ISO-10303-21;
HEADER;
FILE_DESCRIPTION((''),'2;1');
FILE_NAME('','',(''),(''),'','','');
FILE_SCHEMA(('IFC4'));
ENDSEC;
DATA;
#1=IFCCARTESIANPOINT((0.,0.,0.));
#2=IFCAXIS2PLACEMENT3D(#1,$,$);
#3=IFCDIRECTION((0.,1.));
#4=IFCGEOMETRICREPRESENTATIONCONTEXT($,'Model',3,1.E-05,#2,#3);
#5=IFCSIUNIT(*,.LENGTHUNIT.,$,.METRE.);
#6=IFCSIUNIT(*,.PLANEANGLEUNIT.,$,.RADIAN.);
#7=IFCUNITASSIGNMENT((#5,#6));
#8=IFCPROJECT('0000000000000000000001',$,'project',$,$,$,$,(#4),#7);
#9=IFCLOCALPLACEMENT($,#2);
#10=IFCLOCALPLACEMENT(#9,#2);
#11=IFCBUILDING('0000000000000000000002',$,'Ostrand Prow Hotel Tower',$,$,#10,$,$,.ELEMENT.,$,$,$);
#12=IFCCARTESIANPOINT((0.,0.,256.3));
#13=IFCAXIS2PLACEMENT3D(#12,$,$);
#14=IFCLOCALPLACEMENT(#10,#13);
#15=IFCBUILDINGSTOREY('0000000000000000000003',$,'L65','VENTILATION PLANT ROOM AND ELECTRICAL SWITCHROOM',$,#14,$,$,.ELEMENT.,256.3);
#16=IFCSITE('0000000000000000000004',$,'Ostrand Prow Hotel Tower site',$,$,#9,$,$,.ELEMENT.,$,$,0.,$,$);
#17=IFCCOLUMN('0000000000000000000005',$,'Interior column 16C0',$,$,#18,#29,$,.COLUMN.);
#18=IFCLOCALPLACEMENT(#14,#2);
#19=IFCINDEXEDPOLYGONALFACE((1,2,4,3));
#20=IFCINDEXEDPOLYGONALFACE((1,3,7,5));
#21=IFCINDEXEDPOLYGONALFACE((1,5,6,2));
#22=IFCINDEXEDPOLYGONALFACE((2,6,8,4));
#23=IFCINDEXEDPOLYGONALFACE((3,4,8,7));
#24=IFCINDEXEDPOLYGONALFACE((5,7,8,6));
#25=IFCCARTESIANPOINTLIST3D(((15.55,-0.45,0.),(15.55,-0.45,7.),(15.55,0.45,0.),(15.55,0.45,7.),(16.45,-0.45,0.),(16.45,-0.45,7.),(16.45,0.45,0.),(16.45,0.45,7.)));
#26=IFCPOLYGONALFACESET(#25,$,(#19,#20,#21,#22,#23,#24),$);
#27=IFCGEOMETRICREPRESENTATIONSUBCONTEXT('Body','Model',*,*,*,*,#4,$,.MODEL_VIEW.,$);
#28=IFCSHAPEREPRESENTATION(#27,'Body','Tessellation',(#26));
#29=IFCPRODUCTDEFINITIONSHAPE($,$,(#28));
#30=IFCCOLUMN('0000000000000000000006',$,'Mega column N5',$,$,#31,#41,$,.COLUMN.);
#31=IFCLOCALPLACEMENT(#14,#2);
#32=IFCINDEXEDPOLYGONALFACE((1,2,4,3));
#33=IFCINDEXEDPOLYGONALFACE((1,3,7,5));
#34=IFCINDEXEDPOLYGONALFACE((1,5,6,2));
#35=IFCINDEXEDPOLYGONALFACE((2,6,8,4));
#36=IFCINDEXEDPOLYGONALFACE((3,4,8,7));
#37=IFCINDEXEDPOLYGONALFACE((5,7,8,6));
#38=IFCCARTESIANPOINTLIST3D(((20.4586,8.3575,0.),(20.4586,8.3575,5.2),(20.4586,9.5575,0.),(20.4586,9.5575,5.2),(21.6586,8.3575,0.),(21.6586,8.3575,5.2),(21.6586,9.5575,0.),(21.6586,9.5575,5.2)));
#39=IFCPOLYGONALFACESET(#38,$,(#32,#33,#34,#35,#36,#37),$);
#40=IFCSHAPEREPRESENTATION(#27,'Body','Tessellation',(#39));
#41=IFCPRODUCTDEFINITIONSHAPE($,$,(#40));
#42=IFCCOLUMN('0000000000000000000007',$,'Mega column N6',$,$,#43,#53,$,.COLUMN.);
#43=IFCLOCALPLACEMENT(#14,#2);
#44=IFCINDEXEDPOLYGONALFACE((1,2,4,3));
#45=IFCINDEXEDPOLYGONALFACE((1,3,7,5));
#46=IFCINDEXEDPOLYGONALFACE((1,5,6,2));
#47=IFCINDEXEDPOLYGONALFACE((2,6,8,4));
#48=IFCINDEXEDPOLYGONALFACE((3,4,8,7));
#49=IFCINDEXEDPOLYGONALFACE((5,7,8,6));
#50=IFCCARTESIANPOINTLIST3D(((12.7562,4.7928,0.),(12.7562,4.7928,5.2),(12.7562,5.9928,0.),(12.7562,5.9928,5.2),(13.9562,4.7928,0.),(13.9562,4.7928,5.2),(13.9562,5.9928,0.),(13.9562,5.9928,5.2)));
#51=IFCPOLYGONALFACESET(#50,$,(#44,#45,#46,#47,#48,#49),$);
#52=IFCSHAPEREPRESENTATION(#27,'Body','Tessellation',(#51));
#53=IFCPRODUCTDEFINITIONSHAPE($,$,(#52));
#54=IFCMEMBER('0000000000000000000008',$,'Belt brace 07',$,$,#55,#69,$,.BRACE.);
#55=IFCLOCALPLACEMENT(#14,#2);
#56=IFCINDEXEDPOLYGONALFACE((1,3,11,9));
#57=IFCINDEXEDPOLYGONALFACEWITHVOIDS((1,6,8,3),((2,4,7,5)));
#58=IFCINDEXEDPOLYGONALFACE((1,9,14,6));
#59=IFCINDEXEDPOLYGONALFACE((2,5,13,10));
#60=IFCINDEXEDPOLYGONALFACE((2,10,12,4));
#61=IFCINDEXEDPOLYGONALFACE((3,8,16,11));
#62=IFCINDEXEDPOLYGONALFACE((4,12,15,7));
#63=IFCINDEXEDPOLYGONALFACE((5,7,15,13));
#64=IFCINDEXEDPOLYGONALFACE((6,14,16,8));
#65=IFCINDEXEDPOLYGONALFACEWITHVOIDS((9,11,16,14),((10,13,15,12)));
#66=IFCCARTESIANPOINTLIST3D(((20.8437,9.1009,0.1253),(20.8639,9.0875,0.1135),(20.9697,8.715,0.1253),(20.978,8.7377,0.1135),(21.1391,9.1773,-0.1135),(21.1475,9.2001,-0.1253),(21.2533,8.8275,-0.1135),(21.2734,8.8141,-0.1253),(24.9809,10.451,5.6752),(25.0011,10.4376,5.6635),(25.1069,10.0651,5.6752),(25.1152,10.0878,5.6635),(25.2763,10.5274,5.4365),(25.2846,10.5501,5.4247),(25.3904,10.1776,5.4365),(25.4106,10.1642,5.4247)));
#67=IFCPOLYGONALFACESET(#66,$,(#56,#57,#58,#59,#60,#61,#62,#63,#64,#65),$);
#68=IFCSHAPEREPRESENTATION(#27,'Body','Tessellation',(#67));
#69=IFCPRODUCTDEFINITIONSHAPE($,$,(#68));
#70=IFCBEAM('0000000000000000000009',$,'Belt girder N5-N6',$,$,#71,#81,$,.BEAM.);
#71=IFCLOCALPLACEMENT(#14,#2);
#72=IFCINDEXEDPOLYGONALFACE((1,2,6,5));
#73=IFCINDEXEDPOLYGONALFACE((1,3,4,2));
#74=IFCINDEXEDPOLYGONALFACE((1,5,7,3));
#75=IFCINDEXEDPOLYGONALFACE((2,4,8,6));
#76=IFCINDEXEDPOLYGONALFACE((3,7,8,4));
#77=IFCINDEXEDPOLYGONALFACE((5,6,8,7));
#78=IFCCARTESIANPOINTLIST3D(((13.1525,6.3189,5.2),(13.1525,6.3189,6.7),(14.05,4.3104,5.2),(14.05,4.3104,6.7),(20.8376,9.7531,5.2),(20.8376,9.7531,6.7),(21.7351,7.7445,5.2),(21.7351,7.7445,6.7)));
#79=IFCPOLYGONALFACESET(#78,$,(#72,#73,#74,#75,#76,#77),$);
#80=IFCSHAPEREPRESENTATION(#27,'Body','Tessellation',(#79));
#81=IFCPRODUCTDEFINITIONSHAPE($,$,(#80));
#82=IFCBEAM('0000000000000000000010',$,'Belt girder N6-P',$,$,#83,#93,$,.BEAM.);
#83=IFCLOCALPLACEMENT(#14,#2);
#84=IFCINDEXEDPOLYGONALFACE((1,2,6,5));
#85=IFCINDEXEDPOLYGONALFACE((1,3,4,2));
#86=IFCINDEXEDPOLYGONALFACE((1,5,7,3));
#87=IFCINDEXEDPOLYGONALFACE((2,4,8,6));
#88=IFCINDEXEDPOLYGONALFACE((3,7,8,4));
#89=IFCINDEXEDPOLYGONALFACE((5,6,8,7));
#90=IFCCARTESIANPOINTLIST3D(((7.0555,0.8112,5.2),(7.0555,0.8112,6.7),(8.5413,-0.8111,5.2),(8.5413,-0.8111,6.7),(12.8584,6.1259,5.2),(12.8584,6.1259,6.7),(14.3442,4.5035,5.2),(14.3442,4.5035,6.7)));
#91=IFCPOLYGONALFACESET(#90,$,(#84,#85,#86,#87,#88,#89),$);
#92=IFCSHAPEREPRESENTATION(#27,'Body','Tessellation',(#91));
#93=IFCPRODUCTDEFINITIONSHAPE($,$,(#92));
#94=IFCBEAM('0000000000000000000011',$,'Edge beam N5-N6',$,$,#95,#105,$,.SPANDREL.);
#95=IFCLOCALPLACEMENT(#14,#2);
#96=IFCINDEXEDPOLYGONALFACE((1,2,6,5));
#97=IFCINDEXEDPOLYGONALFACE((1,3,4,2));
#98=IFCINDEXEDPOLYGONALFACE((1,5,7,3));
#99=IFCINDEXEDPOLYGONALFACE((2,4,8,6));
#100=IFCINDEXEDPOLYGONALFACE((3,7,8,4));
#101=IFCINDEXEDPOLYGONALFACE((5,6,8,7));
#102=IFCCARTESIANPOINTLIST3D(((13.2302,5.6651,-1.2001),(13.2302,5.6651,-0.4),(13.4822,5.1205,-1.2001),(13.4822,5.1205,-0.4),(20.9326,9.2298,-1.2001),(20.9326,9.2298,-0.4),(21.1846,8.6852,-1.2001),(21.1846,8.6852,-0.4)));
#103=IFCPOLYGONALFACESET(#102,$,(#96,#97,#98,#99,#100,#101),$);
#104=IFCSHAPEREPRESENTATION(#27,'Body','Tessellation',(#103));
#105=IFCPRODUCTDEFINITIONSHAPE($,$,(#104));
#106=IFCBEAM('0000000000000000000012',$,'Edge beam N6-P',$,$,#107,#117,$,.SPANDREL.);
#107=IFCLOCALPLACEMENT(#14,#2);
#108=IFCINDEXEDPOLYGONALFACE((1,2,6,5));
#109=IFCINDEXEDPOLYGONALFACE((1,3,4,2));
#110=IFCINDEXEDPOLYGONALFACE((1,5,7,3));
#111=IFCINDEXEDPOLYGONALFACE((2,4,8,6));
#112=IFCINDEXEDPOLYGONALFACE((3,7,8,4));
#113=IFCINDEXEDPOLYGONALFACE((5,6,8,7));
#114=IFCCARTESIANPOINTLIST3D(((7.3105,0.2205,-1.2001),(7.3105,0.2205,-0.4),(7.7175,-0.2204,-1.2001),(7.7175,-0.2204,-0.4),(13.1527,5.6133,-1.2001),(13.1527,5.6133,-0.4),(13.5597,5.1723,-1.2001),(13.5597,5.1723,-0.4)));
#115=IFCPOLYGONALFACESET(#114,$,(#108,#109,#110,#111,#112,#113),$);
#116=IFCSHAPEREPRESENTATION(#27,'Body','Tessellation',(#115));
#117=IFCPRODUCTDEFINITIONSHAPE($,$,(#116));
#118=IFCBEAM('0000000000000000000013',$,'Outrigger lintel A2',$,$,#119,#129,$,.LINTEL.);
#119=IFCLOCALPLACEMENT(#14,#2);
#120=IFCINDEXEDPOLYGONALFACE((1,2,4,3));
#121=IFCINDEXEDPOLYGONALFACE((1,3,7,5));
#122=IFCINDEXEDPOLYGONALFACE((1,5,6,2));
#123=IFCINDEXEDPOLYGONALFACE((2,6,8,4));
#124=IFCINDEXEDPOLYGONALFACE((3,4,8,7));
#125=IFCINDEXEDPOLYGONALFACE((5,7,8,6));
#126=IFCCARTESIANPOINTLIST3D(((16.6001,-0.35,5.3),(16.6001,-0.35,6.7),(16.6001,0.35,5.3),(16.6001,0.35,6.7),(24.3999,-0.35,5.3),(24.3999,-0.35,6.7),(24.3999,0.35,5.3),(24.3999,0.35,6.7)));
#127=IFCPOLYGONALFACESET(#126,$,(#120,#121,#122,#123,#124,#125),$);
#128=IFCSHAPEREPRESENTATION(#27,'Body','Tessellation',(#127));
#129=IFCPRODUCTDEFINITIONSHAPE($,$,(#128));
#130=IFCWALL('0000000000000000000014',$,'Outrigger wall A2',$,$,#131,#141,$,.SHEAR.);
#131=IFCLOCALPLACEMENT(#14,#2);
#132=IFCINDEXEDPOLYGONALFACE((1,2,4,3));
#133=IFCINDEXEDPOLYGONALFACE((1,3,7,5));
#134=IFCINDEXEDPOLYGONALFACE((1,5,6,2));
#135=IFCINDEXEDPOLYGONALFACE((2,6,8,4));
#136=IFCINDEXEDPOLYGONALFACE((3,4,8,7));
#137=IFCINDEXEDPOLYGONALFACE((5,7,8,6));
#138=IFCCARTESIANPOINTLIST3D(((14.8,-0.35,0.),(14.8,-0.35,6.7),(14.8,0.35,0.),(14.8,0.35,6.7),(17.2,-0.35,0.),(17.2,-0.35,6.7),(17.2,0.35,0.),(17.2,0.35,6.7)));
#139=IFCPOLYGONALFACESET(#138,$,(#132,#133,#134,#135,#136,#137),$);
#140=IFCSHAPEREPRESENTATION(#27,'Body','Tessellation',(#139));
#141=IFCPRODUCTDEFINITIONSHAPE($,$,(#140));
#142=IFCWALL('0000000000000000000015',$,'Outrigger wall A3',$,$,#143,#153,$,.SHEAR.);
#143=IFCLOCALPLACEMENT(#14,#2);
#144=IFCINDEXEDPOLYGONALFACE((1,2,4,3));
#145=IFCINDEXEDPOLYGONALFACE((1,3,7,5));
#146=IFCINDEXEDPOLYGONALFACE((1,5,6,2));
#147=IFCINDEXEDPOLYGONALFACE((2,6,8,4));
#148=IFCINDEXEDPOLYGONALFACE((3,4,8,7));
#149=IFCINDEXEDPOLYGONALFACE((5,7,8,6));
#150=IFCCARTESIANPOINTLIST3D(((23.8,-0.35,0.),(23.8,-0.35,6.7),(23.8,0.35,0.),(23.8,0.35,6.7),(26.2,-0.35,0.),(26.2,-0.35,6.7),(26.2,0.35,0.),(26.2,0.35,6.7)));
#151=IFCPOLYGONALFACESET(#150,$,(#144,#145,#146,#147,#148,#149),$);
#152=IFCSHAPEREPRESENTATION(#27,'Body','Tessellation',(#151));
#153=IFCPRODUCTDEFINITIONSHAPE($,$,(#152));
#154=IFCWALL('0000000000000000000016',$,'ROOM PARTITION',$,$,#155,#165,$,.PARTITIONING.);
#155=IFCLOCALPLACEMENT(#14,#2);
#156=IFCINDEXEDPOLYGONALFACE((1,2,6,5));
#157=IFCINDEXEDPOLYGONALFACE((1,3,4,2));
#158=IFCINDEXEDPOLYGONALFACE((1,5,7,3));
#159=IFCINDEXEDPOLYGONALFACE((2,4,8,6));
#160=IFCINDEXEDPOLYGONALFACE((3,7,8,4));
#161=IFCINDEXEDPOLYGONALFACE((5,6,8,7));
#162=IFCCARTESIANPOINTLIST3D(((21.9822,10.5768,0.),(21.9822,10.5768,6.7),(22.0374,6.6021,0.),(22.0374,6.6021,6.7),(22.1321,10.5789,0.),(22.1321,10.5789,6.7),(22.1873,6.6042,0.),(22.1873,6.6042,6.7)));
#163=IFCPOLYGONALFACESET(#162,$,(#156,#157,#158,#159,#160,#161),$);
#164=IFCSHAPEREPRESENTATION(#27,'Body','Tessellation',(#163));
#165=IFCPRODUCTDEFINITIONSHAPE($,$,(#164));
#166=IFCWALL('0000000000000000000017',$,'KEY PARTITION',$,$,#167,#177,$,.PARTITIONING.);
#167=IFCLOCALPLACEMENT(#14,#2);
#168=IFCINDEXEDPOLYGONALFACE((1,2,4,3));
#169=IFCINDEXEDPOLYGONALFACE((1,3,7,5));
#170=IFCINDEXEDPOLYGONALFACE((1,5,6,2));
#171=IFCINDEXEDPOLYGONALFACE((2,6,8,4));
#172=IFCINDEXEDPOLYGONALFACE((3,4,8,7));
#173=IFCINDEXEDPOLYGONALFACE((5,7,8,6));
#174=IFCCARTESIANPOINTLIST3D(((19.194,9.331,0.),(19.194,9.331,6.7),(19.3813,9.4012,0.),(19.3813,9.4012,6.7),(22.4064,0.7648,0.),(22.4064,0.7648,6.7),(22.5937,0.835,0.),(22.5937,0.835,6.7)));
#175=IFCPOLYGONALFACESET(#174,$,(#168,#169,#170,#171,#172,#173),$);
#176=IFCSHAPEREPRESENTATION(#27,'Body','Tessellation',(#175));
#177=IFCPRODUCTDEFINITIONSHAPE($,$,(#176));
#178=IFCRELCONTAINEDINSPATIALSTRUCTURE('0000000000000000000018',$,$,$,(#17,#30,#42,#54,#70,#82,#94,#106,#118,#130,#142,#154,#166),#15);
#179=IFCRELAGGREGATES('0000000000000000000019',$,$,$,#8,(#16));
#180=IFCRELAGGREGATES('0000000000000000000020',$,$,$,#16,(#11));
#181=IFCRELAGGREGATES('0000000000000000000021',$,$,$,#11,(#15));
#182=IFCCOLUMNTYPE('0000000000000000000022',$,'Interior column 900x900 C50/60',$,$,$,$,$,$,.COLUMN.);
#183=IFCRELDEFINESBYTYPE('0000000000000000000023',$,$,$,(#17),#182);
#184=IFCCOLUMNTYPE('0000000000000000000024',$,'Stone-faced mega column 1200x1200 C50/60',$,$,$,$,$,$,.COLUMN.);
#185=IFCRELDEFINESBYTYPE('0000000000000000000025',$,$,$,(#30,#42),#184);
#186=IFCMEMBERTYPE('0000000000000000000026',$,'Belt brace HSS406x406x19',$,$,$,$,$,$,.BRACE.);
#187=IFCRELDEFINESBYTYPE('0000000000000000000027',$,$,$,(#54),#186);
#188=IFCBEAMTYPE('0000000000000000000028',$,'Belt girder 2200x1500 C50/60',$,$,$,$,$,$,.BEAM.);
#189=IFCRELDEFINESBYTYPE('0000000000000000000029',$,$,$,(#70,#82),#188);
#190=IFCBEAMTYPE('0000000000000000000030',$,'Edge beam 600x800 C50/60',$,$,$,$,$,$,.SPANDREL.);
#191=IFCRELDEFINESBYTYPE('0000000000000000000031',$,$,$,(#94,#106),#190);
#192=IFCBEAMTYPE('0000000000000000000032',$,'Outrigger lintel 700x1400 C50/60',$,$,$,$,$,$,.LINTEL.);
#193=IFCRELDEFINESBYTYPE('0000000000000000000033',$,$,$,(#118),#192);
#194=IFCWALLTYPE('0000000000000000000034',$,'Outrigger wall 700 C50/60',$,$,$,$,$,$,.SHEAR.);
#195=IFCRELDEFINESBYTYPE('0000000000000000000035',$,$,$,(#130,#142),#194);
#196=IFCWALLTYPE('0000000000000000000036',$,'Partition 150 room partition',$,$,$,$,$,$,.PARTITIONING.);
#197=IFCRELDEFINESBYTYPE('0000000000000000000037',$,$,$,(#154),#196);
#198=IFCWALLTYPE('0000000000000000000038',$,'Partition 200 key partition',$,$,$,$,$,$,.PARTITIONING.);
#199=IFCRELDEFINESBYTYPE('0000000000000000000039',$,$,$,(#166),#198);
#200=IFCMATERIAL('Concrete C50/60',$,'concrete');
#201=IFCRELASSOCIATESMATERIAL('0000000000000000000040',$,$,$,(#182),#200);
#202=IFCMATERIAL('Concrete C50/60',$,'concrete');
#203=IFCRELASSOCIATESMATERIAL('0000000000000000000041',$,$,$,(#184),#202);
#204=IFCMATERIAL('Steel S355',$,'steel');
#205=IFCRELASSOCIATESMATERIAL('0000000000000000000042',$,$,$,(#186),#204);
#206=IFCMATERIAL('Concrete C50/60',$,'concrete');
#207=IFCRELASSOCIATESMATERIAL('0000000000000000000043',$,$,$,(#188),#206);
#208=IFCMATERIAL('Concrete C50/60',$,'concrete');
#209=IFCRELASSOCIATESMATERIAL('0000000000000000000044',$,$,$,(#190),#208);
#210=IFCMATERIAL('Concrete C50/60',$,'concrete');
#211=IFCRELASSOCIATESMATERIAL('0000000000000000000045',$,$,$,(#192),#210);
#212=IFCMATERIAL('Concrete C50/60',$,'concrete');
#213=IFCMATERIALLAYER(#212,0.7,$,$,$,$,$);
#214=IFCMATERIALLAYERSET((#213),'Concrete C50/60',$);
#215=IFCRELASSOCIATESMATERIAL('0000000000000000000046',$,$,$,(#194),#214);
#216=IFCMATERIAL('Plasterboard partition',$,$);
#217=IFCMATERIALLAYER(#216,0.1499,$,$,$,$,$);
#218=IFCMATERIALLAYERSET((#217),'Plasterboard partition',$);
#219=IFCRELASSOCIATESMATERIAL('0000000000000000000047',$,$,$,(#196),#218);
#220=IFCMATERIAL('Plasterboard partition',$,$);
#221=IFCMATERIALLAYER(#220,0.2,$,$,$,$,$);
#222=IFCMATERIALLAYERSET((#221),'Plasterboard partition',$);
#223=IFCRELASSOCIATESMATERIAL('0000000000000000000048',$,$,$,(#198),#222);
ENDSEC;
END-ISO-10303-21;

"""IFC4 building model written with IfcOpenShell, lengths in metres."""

from ifc_helpers import new_model, si_unit, direction, frame, frame_2d, origin, origin_2d, place, context, subcontext, project, spatial, rectangle, hollow_rectangle, extrude, material, layer, layer_set, material_profile, profile_set, type_object, element, save


model = new_model("IFC4")

# Units and contexts
model_context = context("Model", 3, precision=1e-05, world=origin(), true_north=direction((0.0, 1.0)))
body_context = subcontext(model_context, "Body", "Model", "MODEL_VIEW")
ifc_project = project(units=[si_unit("LENGTHUNIT", "METRE"), si_unit("PLANEANGLEUNIT", "RADIAN")], contexts=[model_context])

# Site, building, storey
site_placement = place(None, origin())
site = spatial("IfcSite", under=ifc_project, at=site_placement, Name="Ostrand Prow Hotel Tower site", CompositionType="ELEMENT", RefElevation=0.0)
building_placement = place(site_placement, origin())
building = spatial("IfcBuilding", under=site, at=building_placement, Name="Ostrand Prow Hotel Tower", CompositionType="ELEMENT")
storey_placement = place(building_placement, frame((0.0, 0.0, 256.3)))
storey = spatial("IfcBuildingStorey", under=building, at=storey_placement, Name="L65", Description="VENTILATION PLANT ROOM AND ELECTRICAL SWITCHROOM", CompositionType="ELEMENT", Elevation=256.3)

# Columns
ifc_material_1 = material(Name="Concrete C50/60", Category="concrete")
ifc_material_profile_1 = material_profile(ifc_material_1, rectangle(XDim=0.8999, YDim=0.8999, at=origin_2d()), Name="RC 900x900")
ifc_profile_set_1 = profile_set([ifc_material_profile_1], Name="Concrete C50/60")
column_type_1 = type_object("IfcColumnType", Name="Interior column 900x900 C50/60", PredefinedType="COLUMN", material=ifc_profile_set_1)
column_placement = place(storey_placement, frame((16.0, 0.0, 0.0), z_axis=(0.0, 0.0, 1.0), x_axis=(1.0, 0.0, 0.0)))
element("IfcColumn", 1, at=column_placement, inside=storey, type_object=column_type_1, Name="Interior column 16C0", PredefinedType="COLUMN", context=body_context, shape_type="SweptSolid", body=[
    extrude(rectangle(XDim=0.8999, YDim=0.8999, at=origin_2d()), origin(), (0.0, 0.0, 1.0), 7.0),
])
ifc_material_2 = material(Name="Concrete C50/60", Category="concrete")
ifc_material_profile_2 = material_profile(ifc_material_2, rectangle(XDim=1.2, YDim=1.2, at=origin_2d()), Name="RC 1200x1200")
ifc_profile_set_2 = profile_set([ifc_material_profile_2], Name="Concrete C50/60")
column_type_2 = type_object("IfcColumnType", Name="Stone-faced mega column 1200x1200 C50/60", PredefinedType="COLUMN", material=ifc_profile_set_2)
for number, where, z_axis, x_axis, name in (
    (2, (21.0586, 8.9575, 0.0), (0.0, 0.0, 1.0), (1.0, 0.0, 0.0), "Mega column N5"),
    (3, (13.3562, 5.3928, 0.0), (0.0, 0.0, 1.0), (1.0, 0.0, 0.0), "Mega column N6"),
):
    element("IfcColumn", number, at=place(storey_placement, frame(where, z_axis=z_axis, x_axis=x_axis)), inside=storey, type_object=column_type_2, Name=name, PredefinedType="COLUMN", context=body_context, shape_type="SweptSolid", body=[
        extrude(rectangle(XDim=1.2, YDim=1.2, at=origin_2d()), origin(), (0.0, 0.0, 1.0), 5.2),
    ])

# Member
ifc_material_3 = material(Name="Steel S355", Category="steel")
ifc_material_profile_3 = material_profile(ifc_material_3, hollow_rectangle(XDim=0.406, YDim=0.406, WallThickness=0.019, at=origin_2d()), Name="HSS406x406x19")
ifc_profile_set_3 = profile_set([ifc_material_profile_3], Name="Steel S355")
member_type = type_object("IfcMemberType", Name="Belt brace HSS406x406x19", PredefinedType="BRACE", material=ifc_profile_set_3)
member_placement = place(storey_placement, frame((21.0586, 8.9575, 0.0), z_axis=(0.586603, 0.191427, 0.786926), x_axis=(-0.31023, 0.950662, 0.0)))
element("IfcMember", 4, at=member_placement, inside=storey, type_object=member_type, Name="Belt brace 07", PredefinedType="BRACE", context=body_context, shape_type="SweptSolid", body=[
    extrude(hollow_rectangle(XDim=0.406, YDim=0.406, WallThickness=0.019, at=origin_2d()), origin(), (0.0, 0.0, 1.0), 7.0527),
])

# Beams
ifc_material_4 = material(Name="Concrete C50/60", Category="concrete")
ifc_material_profile_4 = material_profile(ifc_material_4, rectangle(XDim=2.2, YDim=1.5, at=origin_2d()), Name="RC 2200x1500")
ifc_profile_set_4 = profile_set([ifc_material_profile_4], Name="Concrete C50/60")
beam_type_1 = type_object("IfcBeamType", Name="Belt girder 2200x1500 C50/60", PredefinedType="BEAM", material=ifc_profile_set_4)
beam_1_placement = place(storey_placement, frame((21.2864, 8.7488, 5.95), z_axis=(-0.912994, -0.407973, 0.0), x_axis=(0.407973, -0.912994, 0.0)))
element("IfcBeam", 5, at=beam_1_placement, inside=storey, type_object=beam_type_1, Name="Belt girder N5-N6", PredefinedType="BEAM", context=body_context, shape_type="SweptSolid", body=[
    extrude(rectangle(XDim=2.2, YDim=1.5, at=origin_2d()), origin(), (0.0, 0.0, 1.0), 8.4175),
])
beam_2_placement = place(storey_placement, frame((13.6013, 5.3147, 5.95), z_axis=(-0.737452, -0.6754, 0.0), x_axis=(0.6754, -0.737452, 0.0)))
element("IfcBeam", 6, at=beam_2_placement, inside=storey, type_object=beam_type_1, Name="Belt girder N6-P", PredefinedType="BEAM", context=body_context, shape_type="SweptSolid", body=[
    extrude(rectangle(XDim=2.2, YDim=1.5, at=origin_2d()), origin(), (0.0, 0.0, 1.0), 7.8689),
])
ifc_material_5 = material(Name="Concrete C50/60", Category="concrete")
ifc_material_profile_5 = material_profile(ifc_material_5, rectangle(XDim=0.6001, YDim=0.8, at=origin_2d()), Name="RC 600x800")
ifc_profile_set_5 = profile_set([ifc_material_profile_5], Name="Concrete C50/60")
beam_type_2 = type_object("IfcBeamType", Name="Edge beam 600x800 C50/60", PredefinedType="SPANDREL", material=ifc_profile_set_5)
beam_3_placement = place(storey_placement, frame((21.0586, 8.9575, -0.8), z_axis=(-0.907522, -0.420005, 0.0), x_axis=(0.420005, -0.907522, 0.0)))
element("IfcBeam", 7, at=beam_3_placement, inside=storey, type_object=beam_type_2, Name="Edge beam N5-N6", PredefinedType="SPANDREL", context=body_context, shape_type="SweptSolid", body=[
    extrude(rectangle(XDim=0.6001, YDim=0.8, at=origin_2d()), origin(), (0.0, 0.0, 1.0), 8.4873),
])
beam_4_placement = place(storey_placement, frame((13.3562, 5.3928, -0.8), z_axis=(-0.734807, -0.678276, 0.0), x_axis=(0.678276, -0.734807, 0.0)))
element("IfcBeam", 8, at=beam_4_placement, inside=storey, type_object=beam_type_2, Name="Edge beam N6-P", PredefinedType="SPANDREL", context=body_context, shape_type="SweptSolid", body=[
    extrude(rectangle(XDim=0.6001, YDim=0.8, at=origin_2d()), origin(), (0.0, 0.0, 1.0), 7.9507),
])
ifc_material_6 = material(Name="Concrete C50/60", Category="concrete")
ifc_material_profile_6 = material_profile(ifc_material_6, rectangle(XDim=0.7, YDim=1.3999, at=origin_2d()), Name="RC 700x1400")
ifc_profile_set_6 = profile_set([ifc_material_profile_6], Name="Concrete C50/60")
beam_type_3 = type_object("IfcBeamType", Name="Outrigger lintel 700x1400 C50/60", PredefinedType="LINTEL", material=ifc_profile_set_6)
beam_5_placement = place(storey_placement, frame((16.6001, 0.0, 6.0), z_axis=(1.0, 0.0, 0.0), x_axis=(0.0, 1.0, 0.0)))
element("IfcBeam", 9, at=beam_5_placement, inside=storey, type_object=beam_type_3, Name="Outrigger lintel A2", PredefinedType="LINTEL", context=body_context, shape_type="SweptSolid", body=[
    extrude(rectangle(XDim=0.7, YDim=1.3999, at=origin_2d()), origin(), (0.0, 0.0, 1.0), 7.7998),
])

# Walls
ifc_material_7 = material(Name="Concrete C50/60", Category="concrete")
ifc_layer_1 = layer(ifc_material_7, 0.7)
ifc_layer_set_1 = layer_set([ifc_layer_1], Name="Concrete C50/60")
wall_type_1 = type_object("IfcWallType", Name="Outrigger wall 700 C50/60", PredefinedType="SHEAR", material=ifc_layer_set_1)
for number, where, z_axis, x_axis, name in (
    (10, (14.8, 0.0, 0.0), (0.0, 0.0, 1.0), (1.0, 0.0, 0.0), "Outrigger wall A2"),
    (11, (23.8, 0.0, 0.0), (0.0, 0.0, 1.0), (1.0, 0.0, 0.0), "Outrigger wall A3"),
):
    element("IfcWall", number, at=place(storey_placement, frame(where, z_axis=z_axis, x_axis=x_axis)), inside=storey, type_object=wall_type_1, Name=name, PredefinedType="SHEAR", context=body_context, shape_type="SweptSolid", body=[
        extrude(rectangle(XDim=2.3999, YDim=0.7, at=frame_2d((1.2, 0.0))), origin(), (0.0, 0.0, 1.0), 6.7),
    ])
ifc_material_8 = material(Name="Plasterboard partition")
ifc_layer_2 = layer(ifc_material_8, 0.1499)
ifc_layer_set_2 = layer_set([ifc_layer_2], Name="Plasterboard partition")
wall_type_2 = type_object("IfcWallType", Name="Partition 150 room partition", PredefinedType="PARTITIONING", material=ifc_layer_set_2)
wall_1_placement = place(storey_placement, frame((22.0571, 10.5779, 0.0), z_axis=(0.0, 0.0, 1.0), x_axis=(0.013881, -0.999904, 0.0)))
element("IfcWall", 12, at=wall_1_placement, inside=storey, type_object=wall_type_2, Name="ROOM PARTITION", PredefinedType="PARTITIONING", context=body_context, shape_type="SweptSolid", body=[
    extrude(rectangle(XDim=3.9751, YDim=0.1499, at=frame_2d((1.9875, 0.0))), origin(), (0.0, 0.0, 1.0), 6.7),
])
ifc_material_9 = material(Name="Plasterboard partition")
ifc_layer_3 = layer(ifc_material_9, 0.2)
ifc_layer_set_3 = layer_set([ifc_layer_3], Name="Plasterboard partition")
wall_type_3 = type_object("IfcWallType", Name="Partition 200 key partition", PredefinedType="PARTITIONING", material=ifc_layer_set_3)
wall_2_placement = place(storey_placement, frame((22.5, 0.8, 0.0), z_axis=(0.0, 0.0, 1.0), x_axis=(-0.351132, 0.936326, 0.0)))
element("IfcWall", 13, at=wall_2_placement, inside=storey, type_object=wall_type_3, Name="KEY PARTITION", PredefinedType="PARTITIONING", context=body_context, shape_type="SweptSolid", body=[
    extrude(rectangle(XDim=9.1487, YDim=0.2, at=frame_2d((4.5742, 0.0))), origin(), (0.0, 0.0, 1.0), 6.7),
])

save(model, "model.ifc")
